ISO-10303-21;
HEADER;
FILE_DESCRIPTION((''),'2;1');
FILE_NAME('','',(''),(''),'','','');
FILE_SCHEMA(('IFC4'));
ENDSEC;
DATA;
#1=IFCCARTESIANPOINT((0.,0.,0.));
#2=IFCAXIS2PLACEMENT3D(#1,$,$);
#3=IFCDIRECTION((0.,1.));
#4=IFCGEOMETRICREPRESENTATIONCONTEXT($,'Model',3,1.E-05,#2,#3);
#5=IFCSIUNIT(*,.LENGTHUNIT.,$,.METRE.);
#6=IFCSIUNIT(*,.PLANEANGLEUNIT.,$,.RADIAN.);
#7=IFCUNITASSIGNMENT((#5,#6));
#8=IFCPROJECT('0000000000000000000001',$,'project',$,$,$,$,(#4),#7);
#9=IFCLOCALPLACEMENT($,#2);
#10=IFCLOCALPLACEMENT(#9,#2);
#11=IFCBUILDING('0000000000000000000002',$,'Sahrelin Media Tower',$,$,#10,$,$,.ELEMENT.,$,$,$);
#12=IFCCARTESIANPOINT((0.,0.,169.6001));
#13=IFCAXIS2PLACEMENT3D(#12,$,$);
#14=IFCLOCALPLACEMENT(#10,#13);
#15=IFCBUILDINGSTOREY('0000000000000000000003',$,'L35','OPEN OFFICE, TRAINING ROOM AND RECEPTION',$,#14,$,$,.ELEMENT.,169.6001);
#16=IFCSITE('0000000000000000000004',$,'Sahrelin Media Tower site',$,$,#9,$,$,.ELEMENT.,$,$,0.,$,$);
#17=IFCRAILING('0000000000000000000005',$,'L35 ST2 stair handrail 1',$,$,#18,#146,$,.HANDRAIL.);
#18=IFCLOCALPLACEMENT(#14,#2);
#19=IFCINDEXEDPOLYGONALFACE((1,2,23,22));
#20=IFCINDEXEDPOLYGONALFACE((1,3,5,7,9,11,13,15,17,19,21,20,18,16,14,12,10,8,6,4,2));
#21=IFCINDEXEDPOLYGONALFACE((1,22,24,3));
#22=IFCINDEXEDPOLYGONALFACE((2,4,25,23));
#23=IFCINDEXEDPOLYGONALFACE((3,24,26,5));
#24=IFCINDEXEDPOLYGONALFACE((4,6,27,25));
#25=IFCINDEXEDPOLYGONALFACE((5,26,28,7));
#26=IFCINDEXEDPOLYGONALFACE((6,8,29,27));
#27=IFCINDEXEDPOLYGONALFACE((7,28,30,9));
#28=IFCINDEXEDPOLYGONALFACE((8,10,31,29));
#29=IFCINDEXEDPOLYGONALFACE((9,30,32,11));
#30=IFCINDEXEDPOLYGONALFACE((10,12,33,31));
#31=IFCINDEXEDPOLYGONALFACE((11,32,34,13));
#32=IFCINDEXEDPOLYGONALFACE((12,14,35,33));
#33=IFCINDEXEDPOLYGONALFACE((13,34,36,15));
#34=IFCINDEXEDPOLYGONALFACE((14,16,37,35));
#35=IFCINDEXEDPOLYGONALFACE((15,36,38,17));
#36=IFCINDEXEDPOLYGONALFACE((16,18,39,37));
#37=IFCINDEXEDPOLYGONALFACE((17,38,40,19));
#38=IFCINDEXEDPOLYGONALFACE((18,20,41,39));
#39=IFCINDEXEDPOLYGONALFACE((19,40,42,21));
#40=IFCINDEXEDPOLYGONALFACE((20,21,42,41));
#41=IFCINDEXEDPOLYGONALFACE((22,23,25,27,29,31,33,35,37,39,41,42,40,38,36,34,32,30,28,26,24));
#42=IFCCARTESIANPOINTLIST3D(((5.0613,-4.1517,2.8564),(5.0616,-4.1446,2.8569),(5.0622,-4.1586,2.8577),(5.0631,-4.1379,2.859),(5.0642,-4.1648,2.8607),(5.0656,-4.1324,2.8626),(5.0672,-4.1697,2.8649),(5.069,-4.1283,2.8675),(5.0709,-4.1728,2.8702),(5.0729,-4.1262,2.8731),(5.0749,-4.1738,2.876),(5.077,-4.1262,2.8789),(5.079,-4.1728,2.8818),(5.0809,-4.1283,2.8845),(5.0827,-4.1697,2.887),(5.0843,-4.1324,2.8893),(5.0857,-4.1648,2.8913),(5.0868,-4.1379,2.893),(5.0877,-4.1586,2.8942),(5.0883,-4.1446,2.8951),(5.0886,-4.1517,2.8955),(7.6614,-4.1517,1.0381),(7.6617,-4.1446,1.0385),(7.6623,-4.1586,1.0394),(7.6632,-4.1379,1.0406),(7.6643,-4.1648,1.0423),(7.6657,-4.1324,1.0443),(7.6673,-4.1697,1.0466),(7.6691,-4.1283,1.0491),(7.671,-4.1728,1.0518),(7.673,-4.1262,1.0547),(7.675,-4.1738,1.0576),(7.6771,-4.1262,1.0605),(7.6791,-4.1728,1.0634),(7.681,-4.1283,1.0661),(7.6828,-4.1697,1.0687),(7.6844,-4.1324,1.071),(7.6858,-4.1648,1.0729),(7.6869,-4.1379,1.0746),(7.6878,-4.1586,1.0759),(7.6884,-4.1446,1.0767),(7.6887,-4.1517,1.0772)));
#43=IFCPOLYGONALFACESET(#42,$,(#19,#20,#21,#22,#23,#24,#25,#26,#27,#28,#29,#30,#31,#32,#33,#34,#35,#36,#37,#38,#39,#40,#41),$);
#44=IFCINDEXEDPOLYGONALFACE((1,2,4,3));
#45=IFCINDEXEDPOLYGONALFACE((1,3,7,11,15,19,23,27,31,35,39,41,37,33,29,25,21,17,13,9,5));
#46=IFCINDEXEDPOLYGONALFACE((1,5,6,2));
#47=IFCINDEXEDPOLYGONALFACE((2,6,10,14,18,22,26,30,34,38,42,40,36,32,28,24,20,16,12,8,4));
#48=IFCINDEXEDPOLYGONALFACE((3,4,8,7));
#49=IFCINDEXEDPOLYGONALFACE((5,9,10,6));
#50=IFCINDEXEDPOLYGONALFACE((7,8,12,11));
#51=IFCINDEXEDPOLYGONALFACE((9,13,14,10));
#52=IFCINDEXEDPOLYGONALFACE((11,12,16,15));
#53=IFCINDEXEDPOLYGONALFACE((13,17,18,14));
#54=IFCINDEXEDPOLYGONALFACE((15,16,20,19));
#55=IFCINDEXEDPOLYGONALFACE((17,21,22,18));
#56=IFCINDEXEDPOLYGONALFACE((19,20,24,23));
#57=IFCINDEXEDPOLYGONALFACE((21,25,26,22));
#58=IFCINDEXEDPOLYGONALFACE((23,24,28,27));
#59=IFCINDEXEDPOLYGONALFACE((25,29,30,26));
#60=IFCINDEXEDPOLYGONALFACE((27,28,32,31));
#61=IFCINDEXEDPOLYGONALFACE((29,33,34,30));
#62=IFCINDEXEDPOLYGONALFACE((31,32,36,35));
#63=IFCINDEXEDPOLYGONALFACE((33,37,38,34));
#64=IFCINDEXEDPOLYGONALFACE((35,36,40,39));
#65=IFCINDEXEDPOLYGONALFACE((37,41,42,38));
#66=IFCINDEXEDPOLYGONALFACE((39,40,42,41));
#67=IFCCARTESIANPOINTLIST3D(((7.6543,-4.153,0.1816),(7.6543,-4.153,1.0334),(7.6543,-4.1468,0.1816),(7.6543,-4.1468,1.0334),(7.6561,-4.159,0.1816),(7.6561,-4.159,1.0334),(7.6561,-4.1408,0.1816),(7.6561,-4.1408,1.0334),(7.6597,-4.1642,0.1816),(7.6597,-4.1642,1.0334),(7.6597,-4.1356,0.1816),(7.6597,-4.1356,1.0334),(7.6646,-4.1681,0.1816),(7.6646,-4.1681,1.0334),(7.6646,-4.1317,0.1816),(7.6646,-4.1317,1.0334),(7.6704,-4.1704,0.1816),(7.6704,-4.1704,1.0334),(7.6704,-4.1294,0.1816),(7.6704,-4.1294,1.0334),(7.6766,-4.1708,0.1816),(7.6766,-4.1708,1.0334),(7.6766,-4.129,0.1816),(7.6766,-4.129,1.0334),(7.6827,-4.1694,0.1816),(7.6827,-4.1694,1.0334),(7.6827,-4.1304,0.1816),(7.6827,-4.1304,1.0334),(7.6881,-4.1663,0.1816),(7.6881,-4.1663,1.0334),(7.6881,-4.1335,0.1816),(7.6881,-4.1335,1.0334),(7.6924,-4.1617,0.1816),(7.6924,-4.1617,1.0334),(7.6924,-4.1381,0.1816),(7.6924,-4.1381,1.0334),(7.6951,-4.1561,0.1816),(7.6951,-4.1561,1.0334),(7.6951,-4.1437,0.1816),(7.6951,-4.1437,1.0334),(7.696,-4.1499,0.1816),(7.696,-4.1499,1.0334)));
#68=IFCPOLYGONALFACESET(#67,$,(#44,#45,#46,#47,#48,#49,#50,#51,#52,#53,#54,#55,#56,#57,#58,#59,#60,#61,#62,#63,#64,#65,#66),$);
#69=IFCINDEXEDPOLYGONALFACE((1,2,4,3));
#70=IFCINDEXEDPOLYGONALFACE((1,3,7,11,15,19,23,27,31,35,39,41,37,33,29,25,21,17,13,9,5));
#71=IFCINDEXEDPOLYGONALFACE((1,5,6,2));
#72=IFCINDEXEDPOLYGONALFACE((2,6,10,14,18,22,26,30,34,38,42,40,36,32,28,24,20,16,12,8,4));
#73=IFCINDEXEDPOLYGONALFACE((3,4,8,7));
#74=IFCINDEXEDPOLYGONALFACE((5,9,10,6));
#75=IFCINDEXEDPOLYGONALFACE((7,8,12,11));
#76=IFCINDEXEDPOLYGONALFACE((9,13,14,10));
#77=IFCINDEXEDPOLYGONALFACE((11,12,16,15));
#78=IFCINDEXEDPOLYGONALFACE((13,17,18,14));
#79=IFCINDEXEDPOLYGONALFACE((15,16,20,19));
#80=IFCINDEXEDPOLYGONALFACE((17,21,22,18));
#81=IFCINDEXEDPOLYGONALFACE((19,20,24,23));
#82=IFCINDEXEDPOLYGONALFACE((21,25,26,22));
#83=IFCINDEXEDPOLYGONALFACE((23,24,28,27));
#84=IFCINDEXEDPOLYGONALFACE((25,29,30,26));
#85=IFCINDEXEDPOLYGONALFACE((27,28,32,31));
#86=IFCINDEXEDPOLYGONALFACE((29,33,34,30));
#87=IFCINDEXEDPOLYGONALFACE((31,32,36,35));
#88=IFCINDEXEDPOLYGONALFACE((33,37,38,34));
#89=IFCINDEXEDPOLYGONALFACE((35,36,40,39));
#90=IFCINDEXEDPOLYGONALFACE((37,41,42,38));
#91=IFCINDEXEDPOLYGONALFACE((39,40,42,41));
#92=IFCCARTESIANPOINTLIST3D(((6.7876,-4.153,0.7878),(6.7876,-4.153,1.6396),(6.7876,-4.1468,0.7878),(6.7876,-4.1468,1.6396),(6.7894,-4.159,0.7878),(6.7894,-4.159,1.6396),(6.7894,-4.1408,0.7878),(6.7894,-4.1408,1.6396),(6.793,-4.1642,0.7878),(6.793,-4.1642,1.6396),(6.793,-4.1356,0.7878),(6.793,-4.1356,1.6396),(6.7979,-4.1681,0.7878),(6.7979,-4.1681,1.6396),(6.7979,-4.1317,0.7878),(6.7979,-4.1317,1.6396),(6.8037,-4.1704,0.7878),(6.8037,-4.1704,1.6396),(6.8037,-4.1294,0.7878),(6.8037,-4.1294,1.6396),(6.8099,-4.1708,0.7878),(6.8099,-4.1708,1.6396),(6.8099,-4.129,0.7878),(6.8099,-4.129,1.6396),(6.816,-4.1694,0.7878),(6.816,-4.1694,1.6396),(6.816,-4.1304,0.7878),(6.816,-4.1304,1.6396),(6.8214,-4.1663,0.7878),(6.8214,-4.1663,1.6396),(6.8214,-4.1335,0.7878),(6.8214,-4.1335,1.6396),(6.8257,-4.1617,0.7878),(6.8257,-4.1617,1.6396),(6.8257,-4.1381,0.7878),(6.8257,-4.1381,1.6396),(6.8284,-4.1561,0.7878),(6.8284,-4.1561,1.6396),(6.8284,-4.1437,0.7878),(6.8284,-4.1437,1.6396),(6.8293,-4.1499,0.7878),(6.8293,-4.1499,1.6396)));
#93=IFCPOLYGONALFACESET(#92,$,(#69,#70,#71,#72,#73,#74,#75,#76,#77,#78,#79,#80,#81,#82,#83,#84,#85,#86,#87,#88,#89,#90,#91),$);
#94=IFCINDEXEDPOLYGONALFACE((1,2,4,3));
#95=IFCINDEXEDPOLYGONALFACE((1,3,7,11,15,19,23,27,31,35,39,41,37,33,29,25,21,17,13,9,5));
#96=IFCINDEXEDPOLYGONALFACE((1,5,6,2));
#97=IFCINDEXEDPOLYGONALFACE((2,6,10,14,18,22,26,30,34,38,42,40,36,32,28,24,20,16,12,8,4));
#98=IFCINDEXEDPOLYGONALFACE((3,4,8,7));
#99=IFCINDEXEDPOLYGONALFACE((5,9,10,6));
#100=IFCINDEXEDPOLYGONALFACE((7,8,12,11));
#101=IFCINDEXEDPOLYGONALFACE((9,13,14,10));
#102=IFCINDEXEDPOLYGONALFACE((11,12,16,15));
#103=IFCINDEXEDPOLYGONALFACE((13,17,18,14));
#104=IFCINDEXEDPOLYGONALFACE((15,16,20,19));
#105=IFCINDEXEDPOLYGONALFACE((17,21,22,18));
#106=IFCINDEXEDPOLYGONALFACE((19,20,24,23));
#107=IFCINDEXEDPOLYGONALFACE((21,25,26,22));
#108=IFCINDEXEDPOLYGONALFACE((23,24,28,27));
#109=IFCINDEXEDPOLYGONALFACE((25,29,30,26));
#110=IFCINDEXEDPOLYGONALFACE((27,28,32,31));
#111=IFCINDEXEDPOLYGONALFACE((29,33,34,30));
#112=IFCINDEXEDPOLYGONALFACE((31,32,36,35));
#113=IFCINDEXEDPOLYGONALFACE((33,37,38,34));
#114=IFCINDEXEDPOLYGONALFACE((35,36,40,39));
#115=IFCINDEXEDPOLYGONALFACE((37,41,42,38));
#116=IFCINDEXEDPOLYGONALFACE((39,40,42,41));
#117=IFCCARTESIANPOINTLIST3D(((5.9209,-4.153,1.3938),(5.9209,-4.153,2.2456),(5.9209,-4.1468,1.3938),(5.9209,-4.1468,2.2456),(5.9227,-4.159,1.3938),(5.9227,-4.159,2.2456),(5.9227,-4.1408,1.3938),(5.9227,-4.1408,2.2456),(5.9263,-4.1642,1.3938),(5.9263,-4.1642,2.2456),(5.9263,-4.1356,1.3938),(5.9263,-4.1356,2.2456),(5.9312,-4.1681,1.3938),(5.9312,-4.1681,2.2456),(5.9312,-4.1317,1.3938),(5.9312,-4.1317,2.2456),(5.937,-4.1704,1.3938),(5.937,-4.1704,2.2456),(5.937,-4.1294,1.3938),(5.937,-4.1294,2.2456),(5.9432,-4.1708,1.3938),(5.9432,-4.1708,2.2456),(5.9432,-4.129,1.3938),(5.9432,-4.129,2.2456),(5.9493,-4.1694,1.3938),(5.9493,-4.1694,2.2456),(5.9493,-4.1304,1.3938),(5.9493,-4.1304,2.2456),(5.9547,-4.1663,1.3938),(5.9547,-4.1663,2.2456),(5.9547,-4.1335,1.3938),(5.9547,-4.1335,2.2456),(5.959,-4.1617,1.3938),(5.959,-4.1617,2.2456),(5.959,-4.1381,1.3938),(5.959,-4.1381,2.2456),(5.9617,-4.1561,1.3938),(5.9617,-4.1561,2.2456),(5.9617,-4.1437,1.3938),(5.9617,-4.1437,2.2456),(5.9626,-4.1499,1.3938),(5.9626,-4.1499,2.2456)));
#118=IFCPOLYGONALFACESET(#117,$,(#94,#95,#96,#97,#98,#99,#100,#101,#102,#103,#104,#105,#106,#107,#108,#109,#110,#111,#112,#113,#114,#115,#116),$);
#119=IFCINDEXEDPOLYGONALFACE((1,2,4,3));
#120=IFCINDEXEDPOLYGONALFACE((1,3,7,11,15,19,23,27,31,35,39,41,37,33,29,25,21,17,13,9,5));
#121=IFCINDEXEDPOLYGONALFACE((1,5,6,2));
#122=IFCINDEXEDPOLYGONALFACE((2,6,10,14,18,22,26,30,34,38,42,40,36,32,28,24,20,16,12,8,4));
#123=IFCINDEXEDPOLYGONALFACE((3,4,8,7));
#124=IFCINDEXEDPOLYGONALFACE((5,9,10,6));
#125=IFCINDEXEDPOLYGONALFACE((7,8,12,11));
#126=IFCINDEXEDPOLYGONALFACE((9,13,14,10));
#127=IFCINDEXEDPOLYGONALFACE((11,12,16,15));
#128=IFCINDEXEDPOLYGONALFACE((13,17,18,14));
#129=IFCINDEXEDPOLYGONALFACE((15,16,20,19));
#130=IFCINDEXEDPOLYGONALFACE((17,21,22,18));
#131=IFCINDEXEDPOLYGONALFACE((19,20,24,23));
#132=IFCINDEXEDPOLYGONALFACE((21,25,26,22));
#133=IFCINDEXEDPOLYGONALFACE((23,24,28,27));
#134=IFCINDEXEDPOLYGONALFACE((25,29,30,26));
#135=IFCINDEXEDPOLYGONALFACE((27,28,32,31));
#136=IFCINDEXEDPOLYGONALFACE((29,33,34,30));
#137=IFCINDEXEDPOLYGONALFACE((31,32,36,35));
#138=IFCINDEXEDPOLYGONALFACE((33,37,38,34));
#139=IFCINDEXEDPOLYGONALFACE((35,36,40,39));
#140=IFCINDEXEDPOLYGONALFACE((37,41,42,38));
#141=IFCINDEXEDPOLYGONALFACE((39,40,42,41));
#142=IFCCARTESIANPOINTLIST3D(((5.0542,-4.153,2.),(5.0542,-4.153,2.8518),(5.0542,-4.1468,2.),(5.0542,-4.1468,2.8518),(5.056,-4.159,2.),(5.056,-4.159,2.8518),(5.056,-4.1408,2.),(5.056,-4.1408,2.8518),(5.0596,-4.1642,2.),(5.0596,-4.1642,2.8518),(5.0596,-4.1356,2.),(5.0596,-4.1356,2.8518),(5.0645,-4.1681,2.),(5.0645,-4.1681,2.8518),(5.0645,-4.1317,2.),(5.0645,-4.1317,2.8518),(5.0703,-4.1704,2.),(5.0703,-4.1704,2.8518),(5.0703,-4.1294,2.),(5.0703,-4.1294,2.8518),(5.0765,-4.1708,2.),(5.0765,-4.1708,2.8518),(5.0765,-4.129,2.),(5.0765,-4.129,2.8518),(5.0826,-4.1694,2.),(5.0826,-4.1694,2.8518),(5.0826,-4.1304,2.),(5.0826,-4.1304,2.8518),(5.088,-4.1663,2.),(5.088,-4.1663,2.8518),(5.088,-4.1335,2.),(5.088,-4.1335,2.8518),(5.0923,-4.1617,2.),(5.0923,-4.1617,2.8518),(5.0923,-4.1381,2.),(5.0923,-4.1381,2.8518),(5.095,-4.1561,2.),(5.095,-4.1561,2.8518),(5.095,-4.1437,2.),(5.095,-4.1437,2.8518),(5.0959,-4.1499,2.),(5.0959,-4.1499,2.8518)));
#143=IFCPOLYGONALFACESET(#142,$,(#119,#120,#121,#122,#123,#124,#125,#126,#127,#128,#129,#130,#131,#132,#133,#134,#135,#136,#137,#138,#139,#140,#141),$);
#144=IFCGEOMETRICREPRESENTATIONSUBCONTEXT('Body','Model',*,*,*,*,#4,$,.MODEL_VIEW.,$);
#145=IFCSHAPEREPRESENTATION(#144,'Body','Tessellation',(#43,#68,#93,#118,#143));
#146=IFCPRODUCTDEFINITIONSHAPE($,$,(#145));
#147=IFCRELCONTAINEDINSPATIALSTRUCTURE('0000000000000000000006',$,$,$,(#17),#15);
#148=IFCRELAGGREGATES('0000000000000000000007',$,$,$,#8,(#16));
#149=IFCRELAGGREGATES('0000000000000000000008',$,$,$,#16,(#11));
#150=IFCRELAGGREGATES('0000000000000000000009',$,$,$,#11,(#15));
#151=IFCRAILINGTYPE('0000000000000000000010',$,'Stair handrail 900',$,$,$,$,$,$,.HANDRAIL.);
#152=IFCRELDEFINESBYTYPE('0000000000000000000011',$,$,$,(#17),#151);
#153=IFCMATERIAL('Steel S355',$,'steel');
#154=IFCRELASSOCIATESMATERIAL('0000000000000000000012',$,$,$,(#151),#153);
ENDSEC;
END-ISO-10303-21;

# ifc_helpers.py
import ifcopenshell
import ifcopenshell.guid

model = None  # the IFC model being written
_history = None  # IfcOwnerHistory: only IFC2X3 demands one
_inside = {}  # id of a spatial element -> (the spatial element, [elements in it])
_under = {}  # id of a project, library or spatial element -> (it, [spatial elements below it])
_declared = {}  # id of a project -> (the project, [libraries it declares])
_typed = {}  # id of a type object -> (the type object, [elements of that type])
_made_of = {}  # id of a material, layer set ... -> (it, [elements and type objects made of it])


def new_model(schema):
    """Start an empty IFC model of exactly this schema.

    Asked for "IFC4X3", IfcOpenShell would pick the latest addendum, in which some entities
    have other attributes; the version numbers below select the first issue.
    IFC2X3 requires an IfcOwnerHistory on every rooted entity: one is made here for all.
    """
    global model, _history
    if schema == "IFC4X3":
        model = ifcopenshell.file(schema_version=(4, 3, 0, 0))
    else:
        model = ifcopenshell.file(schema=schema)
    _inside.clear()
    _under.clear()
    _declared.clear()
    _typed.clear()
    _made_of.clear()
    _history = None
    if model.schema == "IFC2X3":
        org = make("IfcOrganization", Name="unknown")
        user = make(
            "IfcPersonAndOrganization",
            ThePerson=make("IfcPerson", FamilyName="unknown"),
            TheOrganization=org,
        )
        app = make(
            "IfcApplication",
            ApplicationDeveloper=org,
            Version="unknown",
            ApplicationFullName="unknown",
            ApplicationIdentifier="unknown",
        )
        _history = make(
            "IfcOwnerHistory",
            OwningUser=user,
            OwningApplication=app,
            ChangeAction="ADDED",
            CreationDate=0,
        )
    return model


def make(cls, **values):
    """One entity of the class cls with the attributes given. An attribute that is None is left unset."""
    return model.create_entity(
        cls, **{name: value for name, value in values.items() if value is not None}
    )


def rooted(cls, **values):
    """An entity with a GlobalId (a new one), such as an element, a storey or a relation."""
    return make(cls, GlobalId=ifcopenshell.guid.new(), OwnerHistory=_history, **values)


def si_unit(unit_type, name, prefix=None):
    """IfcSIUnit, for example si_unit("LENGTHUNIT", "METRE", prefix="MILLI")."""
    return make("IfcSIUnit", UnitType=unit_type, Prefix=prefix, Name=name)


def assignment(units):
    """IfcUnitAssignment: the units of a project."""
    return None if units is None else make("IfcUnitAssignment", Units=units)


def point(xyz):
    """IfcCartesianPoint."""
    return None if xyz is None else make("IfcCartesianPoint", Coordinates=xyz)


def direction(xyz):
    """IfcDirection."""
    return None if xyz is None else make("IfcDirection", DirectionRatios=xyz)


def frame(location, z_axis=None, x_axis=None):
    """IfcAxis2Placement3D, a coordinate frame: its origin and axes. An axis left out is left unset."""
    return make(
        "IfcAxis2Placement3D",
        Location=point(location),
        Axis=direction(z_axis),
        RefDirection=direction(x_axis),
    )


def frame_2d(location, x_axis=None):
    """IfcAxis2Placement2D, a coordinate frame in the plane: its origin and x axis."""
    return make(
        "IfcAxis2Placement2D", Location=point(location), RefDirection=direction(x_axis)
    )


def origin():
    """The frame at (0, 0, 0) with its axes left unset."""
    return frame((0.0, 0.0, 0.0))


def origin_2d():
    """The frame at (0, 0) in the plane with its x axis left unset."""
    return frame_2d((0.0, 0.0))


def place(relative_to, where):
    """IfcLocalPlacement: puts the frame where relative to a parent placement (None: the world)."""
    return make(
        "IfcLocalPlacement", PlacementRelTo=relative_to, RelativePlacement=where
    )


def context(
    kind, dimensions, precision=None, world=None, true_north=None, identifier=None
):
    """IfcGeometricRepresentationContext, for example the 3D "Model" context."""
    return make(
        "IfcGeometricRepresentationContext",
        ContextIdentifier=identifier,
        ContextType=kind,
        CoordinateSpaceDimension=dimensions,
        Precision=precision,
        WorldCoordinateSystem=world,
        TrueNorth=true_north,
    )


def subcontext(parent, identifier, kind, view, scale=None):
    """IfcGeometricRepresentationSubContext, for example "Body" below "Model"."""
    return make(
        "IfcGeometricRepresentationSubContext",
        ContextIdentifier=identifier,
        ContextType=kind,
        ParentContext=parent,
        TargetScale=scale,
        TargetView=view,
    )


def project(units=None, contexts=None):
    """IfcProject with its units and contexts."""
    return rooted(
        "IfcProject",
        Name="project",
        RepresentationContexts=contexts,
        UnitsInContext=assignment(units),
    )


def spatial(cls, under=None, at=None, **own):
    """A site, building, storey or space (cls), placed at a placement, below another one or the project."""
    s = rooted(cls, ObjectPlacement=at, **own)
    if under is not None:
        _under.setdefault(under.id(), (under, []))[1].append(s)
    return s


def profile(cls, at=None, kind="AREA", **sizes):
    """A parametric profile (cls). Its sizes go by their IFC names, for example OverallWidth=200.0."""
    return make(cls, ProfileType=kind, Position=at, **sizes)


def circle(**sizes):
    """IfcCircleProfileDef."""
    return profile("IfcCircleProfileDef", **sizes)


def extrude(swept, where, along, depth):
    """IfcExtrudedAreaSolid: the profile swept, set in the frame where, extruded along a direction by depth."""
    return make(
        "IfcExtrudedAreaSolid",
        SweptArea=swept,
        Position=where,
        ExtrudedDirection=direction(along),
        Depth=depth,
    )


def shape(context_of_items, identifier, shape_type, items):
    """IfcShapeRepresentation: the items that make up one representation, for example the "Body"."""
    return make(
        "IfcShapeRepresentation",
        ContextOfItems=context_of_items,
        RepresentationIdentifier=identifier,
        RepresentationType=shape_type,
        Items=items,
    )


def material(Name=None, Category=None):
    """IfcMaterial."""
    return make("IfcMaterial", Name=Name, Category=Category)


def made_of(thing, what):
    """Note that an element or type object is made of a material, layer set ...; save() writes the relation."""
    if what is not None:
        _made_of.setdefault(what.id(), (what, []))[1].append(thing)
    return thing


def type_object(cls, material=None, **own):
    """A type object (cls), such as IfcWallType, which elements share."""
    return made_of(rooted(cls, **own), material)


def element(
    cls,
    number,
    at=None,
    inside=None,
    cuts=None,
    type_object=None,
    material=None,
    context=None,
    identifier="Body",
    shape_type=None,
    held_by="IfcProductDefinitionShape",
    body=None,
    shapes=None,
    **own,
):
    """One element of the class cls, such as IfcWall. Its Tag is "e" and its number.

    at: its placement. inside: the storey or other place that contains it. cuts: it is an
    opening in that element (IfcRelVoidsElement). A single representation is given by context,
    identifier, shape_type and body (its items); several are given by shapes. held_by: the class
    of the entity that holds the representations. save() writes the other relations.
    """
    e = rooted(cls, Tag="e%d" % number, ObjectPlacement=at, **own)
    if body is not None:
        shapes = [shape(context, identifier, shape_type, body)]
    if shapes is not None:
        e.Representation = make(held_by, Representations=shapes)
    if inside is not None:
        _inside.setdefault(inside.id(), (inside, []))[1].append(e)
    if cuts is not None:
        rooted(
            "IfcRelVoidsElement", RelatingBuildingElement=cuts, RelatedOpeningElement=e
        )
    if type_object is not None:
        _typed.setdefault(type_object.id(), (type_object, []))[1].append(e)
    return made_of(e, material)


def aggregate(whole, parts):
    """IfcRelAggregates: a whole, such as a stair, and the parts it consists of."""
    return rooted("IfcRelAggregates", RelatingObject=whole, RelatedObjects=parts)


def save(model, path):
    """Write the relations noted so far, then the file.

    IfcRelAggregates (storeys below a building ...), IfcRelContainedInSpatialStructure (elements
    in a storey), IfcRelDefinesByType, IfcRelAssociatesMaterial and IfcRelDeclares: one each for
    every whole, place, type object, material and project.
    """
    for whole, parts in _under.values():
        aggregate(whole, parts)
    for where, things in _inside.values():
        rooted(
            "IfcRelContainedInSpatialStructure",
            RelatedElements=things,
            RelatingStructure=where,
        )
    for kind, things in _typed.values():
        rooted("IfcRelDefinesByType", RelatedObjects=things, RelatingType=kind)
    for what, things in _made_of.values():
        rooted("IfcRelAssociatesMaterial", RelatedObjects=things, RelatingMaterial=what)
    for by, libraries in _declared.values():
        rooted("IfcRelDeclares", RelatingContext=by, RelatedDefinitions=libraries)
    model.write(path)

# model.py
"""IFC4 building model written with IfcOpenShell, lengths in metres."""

from ifc_helpers import new_model, si_unit, direction, frame, origin, origin_2d, place, context, subcontext, project, spatial, circle, extrude, material, type_object, element, save


model = new_model("IFC4")

# Units and contexts
model_context = context("Model", 3, precision=1e-05, world=origin(), true_north=direction((0.0, 1.0)))
body_context = subcontext(model_context, "Body", "Model", "MODEL_VIEW")
ifc_project = project(units=[si_unit("LENGTHUNIT", "METRE"), si_unit("PLANEANGLEUNIT", "RADIAN")], contexts=[model_context])

# Site, building, storey
site_placement = place(None, origin())
site = spatial("IfcSite", under=ifc_project, at=site_placement, Name="Sahrelin Media Tower site", CompositionType="ELEMENT", RefElevation=0.0)
building_placement = place(site_placement, origin())
building = spatial("IfcBuilding", under=site, at=building_placement, Name="Sahrelin Media Tower", CompositionType="ELEMENT")
storey_placement = place(building_placement, frame((0.0, 0.0, 169.6001)))
storey = spatial("IfcBuildingStorey", under=building, at=storey_placement, Name="L35", Description="OPEN OFFICE, TRAINING ROOM AND RECEPTION", CompositionType="ELEMENT", Elevation=169.6001)

# Shared definitions
ifc_material_1 = material(Name="Steel S355", Category="steel")

# Railing
railing_type_1 = type_object("IfcRailingType", Name="Stair handrail 900", PredefinedType="HANDRAIL", material=ifc_material_1)
railing_1_placement = place(storey_placement, frame((7.675, -4.1499, 0.1816)))
element("IfcRailing", 1, at=railing_1_placement, inside=storey, type_object=railing_type_1, Name="L35 ST2 stair handrail 1", PredefinedType="HANDRAIL", context=body_context, shape_type="SweptSolid", body=[
    extrude(circle(Radius=0.0239, at=origin_2d()), frame((0.0, 0.0, 0.876), z_axis=(-0.819485, 0.0, 0.573101), x_axis=(0.0, -1.0, 0.0)), (0.0, 0.0, 1.0), 3.1729),
    extrude(circle(Radius=0.021, at=origin_2d()), origin(), (0.0, 0.0, 1.0), 0.8518),
    extrude(circle(Radius=0.021, at=origin_2d()), frame((-0.8667, 0.0, 0.6062)), (0.0, 0.0, 1.0), 0.8518),
    extrude(circle(Radius=0.021, at=origin_2d()), frame((-1.7334, 0.0, 1.2122)), (0.0, 0.0, 1.0), 0.8518),
    extrude(circle(Radius=0.021, at=origin_2d()), frame((-2.6001, 0.0, 1.8184)), (0.0, 0.0, 1.0), 0.8518),
])

save(model, "model.ifc")
